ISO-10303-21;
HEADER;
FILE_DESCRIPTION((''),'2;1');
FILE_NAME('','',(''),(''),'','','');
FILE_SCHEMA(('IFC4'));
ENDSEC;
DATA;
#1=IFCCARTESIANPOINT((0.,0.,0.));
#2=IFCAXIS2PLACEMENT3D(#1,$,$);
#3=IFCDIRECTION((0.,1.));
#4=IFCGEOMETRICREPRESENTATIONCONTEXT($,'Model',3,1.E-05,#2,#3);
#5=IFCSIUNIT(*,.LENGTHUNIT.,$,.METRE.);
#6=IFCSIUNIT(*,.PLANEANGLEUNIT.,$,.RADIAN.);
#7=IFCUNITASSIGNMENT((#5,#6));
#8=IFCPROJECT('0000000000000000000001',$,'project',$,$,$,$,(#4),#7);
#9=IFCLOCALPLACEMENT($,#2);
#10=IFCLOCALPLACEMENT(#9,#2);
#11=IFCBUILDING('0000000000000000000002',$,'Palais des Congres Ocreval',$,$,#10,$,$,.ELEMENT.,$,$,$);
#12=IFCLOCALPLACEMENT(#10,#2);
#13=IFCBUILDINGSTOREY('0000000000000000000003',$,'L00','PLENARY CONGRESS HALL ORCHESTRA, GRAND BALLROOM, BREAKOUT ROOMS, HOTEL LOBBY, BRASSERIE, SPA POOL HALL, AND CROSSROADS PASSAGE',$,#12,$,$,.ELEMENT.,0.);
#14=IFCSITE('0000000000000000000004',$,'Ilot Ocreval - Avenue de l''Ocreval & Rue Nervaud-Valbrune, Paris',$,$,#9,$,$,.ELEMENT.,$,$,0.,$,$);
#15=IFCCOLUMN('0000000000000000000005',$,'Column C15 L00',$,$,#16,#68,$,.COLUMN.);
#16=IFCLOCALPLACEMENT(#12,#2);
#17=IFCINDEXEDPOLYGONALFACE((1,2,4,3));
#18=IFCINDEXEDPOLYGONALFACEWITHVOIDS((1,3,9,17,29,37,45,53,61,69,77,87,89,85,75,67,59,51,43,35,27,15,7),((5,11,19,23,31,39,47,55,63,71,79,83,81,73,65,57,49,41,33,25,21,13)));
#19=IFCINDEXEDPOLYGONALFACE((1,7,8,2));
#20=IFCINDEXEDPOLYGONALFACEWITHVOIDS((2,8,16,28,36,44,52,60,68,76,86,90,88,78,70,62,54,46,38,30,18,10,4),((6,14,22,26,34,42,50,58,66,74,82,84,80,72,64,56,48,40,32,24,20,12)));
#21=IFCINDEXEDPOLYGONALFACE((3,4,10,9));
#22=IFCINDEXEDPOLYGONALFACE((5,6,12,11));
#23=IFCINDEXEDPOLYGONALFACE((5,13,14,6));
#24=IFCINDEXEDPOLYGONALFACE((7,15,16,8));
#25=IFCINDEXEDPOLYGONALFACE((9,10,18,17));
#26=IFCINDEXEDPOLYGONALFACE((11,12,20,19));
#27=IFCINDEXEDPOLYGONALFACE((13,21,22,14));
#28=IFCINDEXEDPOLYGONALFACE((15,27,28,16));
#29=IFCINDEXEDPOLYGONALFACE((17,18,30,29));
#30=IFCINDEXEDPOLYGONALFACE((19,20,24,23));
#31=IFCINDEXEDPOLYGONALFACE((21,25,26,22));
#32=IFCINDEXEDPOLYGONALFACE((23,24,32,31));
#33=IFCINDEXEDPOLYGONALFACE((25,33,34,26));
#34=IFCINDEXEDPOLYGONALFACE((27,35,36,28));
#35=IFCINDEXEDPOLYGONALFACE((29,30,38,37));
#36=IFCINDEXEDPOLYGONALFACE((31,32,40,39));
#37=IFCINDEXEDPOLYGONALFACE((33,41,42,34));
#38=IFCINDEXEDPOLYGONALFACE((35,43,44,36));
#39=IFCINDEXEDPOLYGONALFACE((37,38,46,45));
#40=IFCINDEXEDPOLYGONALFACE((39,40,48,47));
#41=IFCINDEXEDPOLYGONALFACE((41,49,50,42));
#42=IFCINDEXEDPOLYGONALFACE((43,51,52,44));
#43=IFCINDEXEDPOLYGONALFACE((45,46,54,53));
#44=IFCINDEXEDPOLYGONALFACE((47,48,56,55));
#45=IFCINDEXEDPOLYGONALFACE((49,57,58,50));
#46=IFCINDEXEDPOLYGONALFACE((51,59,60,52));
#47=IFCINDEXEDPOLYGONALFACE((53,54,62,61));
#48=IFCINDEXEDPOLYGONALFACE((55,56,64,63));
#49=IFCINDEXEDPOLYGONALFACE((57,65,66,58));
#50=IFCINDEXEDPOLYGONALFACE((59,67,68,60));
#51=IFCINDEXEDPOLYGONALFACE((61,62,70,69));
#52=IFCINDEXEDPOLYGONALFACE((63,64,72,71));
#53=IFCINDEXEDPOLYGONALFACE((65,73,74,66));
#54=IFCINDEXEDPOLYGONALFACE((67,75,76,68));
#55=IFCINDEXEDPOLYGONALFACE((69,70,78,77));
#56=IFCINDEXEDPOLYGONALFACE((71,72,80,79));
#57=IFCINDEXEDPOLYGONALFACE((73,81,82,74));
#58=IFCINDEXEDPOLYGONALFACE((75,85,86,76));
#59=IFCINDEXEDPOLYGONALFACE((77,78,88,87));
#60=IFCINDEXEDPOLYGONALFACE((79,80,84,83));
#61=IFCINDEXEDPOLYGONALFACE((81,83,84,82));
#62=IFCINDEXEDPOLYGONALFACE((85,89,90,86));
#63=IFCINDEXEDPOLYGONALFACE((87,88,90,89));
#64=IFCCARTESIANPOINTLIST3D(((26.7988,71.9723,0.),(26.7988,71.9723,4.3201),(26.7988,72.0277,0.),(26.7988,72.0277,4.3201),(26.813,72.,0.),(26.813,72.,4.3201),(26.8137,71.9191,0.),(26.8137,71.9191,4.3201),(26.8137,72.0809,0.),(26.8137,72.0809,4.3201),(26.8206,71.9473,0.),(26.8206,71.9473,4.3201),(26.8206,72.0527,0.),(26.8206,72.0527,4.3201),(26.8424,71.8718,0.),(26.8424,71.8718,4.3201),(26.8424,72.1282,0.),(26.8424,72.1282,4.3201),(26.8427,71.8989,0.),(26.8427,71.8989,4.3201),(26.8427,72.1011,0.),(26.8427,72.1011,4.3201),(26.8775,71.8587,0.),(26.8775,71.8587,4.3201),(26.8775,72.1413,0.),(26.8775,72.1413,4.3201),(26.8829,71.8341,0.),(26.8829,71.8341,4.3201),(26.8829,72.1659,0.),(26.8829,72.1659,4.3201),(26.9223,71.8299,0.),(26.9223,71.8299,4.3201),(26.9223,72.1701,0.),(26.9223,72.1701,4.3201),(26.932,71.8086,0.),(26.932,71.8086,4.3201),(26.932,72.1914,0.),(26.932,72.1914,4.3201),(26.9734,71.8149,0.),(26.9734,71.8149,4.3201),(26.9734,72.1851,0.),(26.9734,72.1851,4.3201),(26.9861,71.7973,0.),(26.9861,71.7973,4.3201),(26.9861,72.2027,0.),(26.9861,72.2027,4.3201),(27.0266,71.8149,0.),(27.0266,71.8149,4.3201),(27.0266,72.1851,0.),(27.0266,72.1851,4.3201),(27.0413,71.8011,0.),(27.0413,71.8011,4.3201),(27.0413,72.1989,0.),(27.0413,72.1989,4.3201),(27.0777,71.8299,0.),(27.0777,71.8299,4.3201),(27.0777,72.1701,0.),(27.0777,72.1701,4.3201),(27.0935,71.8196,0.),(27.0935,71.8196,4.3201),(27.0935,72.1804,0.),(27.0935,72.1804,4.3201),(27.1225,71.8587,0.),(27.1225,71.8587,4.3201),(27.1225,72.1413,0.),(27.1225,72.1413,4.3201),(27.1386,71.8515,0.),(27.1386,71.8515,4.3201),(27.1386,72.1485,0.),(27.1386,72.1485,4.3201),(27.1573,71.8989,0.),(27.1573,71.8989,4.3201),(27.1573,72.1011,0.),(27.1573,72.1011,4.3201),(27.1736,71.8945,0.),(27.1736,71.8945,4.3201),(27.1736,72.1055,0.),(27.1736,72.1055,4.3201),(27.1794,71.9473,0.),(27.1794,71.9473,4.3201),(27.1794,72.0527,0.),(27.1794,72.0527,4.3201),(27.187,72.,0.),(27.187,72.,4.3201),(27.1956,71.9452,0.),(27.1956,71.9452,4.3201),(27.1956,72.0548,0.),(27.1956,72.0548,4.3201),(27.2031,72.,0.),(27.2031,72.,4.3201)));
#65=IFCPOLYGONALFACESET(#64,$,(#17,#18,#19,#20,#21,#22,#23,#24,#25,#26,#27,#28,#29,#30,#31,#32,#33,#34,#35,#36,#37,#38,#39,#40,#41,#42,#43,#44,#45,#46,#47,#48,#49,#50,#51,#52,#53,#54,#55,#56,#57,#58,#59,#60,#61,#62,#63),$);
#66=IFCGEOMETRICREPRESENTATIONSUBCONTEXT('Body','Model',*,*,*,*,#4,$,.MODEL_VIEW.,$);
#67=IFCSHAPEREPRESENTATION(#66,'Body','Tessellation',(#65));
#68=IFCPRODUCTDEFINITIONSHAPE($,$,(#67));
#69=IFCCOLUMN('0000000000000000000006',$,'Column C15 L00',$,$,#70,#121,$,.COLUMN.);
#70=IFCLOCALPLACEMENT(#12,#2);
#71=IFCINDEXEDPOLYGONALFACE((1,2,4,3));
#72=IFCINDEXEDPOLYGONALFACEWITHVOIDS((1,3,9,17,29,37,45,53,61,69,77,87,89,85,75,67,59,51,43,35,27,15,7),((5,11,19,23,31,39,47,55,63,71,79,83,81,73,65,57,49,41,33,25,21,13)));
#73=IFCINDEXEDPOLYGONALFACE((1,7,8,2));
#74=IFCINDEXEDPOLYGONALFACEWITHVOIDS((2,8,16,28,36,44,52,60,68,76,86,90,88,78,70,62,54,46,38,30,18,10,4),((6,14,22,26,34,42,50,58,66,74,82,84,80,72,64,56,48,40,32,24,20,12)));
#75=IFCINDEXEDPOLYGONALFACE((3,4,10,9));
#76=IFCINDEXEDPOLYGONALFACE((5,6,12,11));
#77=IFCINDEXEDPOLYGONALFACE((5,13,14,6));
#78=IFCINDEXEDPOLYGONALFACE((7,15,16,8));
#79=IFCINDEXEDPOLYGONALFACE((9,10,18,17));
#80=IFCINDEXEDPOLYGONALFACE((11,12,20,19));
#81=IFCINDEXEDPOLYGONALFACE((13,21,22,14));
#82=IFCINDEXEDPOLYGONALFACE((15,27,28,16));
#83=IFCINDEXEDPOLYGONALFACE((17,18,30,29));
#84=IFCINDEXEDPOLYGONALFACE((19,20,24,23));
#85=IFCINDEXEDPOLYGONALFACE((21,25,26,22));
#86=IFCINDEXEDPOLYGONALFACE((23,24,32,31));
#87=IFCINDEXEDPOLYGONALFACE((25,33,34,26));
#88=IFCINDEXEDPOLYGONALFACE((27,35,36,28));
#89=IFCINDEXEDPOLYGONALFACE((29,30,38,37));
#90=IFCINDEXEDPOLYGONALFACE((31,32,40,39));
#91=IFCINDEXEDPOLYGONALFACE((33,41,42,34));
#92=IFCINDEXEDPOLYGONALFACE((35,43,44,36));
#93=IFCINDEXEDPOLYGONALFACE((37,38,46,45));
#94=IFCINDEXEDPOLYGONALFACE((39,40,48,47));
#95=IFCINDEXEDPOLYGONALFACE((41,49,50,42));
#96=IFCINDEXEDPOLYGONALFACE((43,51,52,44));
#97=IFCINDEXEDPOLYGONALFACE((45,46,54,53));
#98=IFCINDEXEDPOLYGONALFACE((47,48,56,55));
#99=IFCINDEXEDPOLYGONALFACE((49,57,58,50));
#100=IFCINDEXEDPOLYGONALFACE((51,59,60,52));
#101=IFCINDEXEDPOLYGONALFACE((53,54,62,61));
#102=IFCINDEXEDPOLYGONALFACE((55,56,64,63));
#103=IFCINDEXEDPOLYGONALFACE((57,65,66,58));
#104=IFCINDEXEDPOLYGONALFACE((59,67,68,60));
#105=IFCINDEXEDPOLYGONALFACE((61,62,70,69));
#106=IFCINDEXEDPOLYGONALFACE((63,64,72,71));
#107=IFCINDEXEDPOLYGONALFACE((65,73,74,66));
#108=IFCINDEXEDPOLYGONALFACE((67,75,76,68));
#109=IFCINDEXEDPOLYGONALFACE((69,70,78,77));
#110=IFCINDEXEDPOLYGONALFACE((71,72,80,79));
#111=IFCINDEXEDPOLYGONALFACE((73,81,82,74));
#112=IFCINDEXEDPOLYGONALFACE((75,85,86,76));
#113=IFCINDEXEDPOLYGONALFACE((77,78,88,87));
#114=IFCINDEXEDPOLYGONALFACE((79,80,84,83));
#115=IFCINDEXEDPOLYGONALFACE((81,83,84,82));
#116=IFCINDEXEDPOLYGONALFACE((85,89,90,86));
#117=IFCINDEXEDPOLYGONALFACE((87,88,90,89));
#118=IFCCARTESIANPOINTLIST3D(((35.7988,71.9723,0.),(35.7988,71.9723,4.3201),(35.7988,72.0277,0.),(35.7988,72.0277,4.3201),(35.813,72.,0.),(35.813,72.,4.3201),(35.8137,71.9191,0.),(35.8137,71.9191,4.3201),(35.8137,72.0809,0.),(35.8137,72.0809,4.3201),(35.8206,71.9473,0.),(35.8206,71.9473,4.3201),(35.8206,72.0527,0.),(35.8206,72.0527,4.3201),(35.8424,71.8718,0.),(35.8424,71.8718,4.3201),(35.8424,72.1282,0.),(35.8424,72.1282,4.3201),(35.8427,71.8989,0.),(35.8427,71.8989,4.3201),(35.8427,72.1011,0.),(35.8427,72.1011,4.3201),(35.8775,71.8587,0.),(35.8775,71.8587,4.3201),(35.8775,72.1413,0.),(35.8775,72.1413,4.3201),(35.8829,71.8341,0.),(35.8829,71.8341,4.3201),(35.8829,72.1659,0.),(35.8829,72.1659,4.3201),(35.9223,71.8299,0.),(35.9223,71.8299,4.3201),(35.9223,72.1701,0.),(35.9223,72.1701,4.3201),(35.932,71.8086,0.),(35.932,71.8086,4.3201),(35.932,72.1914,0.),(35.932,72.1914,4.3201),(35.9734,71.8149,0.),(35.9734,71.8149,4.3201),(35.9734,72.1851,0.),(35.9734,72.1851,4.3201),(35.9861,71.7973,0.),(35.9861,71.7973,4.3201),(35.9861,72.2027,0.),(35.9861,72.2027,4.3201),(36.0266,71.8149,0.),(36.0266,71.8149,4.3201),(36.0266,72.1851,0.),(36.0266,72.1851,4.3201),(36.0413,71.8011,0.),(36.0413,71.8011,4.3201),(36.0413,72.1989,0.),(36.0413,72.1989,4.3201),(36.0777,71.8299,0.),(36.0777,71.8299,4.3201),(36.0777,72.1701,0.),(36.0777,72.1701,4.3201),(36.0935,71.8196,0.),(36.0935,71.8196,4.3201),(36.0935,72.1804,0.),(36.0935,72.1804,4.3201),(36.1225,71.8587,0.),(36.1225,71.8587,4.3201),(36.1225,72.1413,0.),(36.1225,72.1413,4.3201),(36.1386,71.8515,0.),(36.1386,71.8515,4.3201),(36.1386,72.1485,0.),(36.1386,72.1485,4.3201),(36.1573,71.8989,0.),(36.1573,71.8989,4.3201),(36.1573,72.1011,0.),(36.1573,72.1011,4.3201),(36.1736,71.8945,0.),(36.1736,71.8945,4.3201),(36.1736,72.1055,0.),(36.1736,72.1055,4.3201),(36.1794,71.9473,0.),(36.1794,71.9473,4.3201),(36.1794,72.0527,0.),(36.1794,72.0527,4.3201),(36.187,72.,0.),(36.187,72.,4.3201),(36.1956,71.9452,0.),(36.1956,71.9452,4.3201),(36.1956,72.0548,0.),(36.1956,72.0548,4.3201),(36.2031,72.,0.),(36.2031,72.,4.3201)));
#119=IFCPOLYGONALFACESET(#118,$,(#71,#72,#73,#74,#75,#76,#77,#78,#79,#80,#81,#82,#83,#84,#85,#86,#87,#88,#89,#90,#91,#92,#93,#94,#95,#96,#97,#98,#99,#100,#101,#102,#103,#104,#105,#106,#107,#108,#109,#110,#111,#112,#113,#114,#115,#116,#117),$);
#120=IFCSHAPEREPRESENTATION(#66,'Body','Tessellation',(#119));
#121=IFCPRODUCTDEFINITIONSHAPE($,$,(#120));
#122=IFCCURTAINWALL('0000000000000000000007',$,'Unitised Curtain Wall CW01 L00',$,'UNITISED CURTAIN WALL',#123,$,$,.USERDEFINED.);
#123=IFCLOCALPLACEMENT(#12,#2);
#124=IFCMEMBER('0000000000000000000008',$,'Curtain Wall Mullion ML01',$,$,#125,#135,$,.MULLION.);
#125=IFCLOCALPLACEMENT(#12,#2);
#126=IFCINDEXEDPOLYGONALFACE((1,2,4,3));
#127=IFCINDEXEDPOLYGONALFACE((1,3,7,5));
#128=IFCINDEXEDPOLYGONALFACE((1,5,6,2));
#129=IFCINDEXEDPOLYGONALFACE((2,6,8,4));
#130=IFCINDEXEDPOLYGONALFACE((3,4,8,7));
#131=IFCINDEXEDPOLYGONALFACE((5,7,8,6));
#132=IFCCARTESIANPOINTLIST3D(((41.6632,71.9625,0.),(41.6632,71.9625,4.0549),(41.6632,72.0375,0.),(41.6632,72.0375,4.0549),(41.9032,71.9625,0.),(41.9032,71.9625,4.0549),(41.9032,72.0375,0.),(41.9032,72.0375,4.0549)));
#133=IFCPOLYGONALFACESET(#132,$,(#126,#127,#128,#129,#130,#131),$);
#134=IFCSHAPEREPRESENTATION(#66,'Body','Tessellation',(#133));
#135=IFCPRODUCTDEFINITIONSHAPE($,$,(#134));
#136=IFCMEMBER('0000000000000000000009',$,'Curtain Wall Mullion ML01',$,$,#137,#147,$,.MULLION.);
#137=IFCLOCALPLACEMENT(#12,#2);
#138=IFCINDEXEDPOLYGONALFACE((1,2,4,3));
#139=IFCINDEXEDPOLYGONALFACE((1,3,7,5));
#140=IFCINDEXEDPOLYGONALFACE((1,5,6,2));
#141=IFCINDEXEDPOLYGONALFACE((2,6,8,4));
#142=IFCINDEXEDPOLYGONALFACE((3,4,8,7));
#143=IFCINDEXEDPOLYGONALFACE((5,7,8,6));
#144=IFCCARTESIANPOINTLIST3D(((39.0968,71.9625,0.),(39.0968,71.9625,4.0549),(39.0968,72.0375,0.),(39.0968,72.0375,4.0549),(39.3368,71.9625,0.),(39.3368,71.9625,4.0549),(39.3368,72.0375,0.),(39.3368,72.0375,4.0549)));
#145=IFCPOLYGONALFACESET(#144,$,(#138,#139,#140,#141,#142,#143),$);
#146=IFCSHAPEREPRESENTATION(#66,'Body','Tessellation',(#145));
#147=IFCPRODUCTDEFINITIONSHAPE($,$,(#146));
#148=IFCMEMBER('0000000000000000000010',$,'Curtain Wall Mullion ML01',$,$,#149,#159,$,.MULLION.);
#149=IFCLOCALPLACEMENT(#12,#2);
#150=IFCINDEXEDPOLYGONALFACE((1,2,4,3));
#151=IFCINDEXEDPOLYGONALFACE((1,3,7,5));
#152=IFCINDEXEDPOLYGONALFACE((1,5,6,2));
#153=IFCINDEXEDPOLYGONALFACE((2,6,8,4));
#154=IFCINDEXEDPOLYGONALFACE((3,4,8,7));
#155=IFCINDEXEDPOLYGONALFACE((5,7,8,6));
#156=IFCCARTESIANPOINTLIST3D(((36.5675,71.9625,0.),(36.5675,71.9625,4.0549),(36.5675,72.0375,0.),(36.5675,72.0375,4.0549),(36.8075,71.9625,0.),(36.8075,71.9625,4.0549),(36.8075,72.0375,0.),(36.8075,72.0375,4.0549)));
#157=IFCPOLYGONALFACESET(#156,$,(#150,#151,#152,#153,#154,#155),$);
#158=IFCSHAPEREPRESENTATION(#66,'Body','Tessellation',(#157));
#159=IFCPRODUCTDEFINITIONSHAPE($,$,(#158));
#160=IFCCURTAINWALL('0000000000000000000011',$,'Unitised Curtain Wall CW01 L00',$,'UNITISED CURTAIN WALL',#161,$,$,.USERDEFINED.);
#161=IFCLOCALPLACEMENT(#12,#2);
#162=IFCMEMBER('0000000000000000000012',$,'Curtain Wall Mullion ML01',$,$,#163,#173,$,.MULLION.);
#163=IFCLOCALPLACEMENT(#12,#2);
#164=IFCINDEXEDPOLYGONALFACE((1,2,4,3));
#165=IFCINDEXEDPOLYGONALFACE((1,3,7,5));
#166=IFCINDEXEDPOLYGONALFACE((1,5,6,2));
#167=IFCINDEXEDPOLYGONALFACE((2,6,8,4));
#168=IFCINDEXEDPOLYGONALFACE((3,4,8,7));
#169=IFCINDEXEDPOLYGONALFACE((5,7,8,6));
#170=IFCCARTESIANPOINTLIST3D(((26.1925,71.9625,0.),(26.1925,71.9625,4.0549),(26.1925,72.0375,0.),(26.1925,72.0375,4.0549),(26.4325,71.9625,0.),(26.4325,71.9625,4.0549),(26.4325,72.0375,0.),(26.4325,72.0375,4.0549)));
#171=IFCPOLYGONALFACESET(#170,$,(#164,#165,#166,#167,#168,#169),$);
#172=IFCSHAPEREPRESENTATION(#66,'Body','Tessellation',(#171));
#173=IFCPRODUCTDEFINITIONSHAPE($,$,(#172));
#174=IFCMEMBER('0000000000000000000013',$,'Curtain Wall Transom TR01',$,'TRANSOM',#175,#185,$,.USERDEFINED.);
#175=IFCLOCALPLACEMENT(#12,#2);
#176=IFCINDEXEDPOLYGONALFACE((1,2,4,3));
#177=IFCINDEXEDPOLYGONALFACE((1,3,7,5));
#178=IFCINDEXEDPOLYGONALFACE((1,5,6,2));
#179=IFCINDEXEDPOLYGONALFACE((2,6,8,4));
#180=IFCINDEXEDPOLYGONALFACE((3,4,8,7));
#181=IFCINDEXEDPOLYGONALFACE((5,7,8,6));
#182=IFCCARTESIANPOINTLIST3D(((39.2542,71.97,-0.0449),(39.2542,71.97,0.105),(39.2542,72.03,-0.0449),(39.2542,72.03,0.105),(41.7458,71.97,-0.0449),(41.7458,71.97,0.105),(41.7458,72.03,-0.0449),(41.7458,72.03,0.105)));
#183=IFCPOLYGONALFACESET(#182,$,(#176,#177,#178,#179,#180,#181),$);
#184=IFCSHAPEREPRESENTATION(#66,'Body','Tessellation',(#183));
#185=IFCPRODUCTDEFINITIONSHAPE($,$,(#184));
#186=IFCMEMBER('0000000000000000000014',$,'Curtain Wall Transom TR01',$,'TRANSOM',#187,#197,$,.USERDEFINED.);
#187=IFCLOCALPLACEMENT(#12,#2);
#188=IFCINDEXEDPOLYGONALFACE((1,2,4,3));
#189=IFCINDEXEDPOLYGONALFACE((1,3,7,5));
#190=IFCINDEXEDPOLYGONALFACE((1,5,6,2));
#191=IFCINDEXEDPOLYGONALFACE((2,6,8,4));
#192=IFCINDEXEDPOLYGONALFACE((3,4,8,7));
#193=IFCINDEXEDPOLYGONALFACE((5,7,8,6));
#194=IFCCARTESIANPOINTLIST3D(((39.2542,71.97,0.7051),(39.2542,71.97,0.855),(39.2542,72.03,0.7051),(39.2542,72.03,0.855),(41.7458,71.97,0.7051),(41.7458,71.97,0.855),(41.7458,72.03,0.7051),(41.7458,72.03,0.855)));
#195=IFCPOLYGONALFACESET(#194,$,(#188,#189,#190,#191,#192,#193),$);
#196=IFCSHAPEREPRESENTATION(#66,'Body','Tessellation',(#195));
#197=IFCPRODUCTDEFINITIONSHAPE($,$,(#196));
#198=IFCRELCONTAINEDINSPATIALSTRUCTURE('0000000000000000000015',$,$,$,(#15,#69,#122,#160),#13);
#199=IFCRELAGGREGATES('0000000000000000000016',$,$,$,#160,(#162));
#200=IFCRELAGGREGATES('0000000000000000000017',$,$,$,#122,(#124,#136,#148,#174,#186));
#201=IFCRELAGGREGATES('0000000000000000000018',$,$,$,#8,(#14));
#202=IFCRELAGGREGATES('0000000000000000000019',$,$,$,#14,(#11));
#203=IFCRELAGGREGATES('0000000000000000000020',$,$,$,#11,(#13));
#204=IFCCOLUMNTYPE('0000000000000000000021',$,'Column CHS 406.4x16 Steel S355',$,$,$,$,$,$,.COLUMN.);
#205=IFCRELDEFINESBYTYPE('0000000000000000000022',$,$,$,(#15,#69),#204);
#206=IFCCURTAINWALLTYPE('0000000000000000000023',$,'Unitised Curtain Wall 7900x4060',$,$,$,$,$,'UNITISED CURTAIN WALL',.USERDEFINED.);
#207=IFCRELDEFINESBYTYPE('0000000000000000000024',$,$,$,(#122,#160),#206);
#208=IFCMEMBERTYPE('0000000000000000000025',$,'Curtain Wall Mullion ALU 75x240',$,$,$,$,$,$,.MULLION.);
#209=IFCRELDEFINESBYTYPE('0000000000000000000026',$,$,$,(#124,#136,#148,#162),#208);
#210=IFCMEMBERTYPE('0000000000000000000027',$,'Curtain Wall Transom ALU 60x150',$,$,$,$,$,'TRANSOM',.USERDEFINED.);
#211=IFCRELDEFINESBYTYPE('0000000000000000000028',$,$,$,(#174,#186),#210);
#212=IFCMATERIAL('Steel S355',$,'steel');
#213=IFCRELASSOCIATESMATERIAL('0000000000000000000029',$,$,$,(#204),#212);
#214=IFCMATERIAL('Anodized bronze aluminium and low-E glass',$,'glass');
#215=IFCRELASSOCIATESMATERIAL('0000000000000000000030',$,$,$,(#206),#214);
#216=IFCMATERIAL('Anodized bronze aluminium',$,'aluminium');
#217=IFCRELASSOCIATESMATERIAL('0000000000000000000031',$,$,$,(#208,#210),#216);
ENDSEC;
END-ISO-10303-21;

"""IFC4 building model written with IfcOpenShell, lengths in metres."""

from ifc_helpers import new_model, si_unit, direction, frame, origin, origin_2d, place, context, subcontext, project, spatial, rectangle, hollow_circle, extrude, material, material_profile, profile_set, type_object, element, aggregate, save


model = new_model("IFC4")

# Units and contexts
model_context = context("Model", 3, precision=1e-05, world=origin(), true_north=direction((0.0, 1.0)))
body_context = subcontext(model_context, "Body", "Model", "MODEL_VIEW")
ifc_project = project(units=[si_unit("LENGTHUNIT", "METRE"), si_unit("PLANEANGLEUNIT", "RADIAN")], contexts=[model_context])

# Site, building, storey
site_placement = place(None, origin())
site = spatial("IfcSite", under=ifc_project, at=site_placement, Name="Ilot Ocreval - Avenue de l'Ocreval & Rue Nervaud-Valbrune, Paris", CompositionType="ELEMENT", RefElevation=0.0)
building_placement = place(site_placement, origin())
building = spatial("IfcBuilding", under=site, at=building_placement, Name="Palais des Congres Ocreval", CompositionType="ELEMENT")
storey_placement = place(building_placement, origin())
storey = spatial("IfcBuildingStorey", under=building, at=storey_placement, Name="L00", Description="PLENARY CONGRESS HALL ORCHESTRA, GRAND BALLROOM, BREAKOUT ROOMS, HOTEL LOBBY, BRASSERIE, SPA POOL HALL, AND CROSSROADS PASSAGE", CompositionType="ELEMENT", Elevation=0.0)

# Columns
ifc_material_1 = material(Name="Steel S355", Category="steel")
ifc_material_profile_1 = material_profile(ifc_material_1, hollow_circle(Radius=0.2031, WallThickness=0.0161, at=origin_2d()), Name="CHS 406.4x16")
ifc_profile_set_1 = profile_set([ifc_material_profile_1], Name="Steel S355")
column_type = type_object("IfcColumnType", Name="Column CHS 406.4x16 Steel S355", PredefinedType="COLUMN", material=ifc_profile_set_1)
for number, where, z_axis, x_axis, name in (
    (1, (27.0, 72.0, 0.0), (0.0, 0.0, 1.0), (1.0, 0.0, 0.0), "Column C15 L00"),
    (2, (36.0, 72.0, 0.0), (0.0, 0.0, 1.0), (1.0, 0.0, 0.0), "Column C15 L00"),
):
    element("IfcColumn", number, at=place(storey_placement, frame(where, z_axis=z_axis, x_axis=x_axis)), inside=storey, type_object=column_type, Name=name, PredefinedType="COLUMN", context=body_context, shape_type="SweptSolid", body=[
        extrude(hollow_circle(Radius=0.2031, WallThickness=0.0161, at=origin_2d()), origin(), (0.0, 0.0, 1.0), 4.3201),
    ])

# Curtain wall, members
ifc_material_2 = material(Name="Anodized bronze aluminium and low-E glass", Category="glass")
curtain_wall_type = type_object("IfcCurtainWallType", Name="Unitised Curtain Wall 7900x4060", ElementType="UNITISED CURTAIN WALL", PredefinedType="USERDEFINED", material=ifc_material_2)
curtain_wall_1_placement = place(storey_placement, origin())
curtain_wall_1 = element("IfcCurtainWall", 3, at=curtain_wall_1_placement, inside=storey, type_object=curtain_wall_type, Name="Unitised Curtain Wall CW01 L00", ObjectType="UNITISED CURTAIN WALL", PredefinedType="USERDEFINED")
ifc_material_3 = material(Name="Anodized bronze aluminium", Category="aluminium")
ifc_material_profile_2 = material_profile(ifc_material_3, rectangle(XDim=0.075, YDim=0.24, at=origin_2d()), Name="ALU 75x240")
ifc_profile_set_2 = profile_set([ifc_material_profile_2], Name="Anodized bronze aluminium")
member_type_1 = type_object("IfcMemberType", Name="Curtain Wall Mullion ALU 75x240", PredefinedType="MULLION", material=ifc_profile_set_2)
member_1_placement = place(storey_placement, frame((41.7832, 72.0, 0.0), z_axis=(0.0, 0.0, 1.0), x_axis=(0.0, -1.0, 0.0)))
member_1 = element("IfcMember", 4, at=member_1_placement, type_object=member_type_1, Name="Curtain Wall Mullion ML01", PredefinedType="MULLION", context=body_context, shape_type="SweptSolid", body=[
    extrude(rectangle(XDim=0.075, YDim=0.24, at=origin_2d()), origin(), (0.0, 0.0, 1.0), 4.0549),
])
member_2_placement = place(storey_placement, frame((39.2168, 72.0, 0.0), z_axis=(0.0, 0.0, 1.0), x_axis=(0.0, -1.0, 0.0)))
member_2 = element("IfcMember", 5, at=member_2_placement, type_object=member_type_1, Name="Curtain Wall Mullion ML01", PredefinedType="MULLION", context=body_context, shape_type="SweptSolid", body=[
    extrude(rectangle(XDim=0.075, YDim=0.24, at=origin_2d()), origin(), (0.0, 0.0, 1.0), 4.0549),
])
member_3_placement = place(storey_placement, frame((36.6875, 72.0, 0.0), z_axis=(0.0, 0.0, 1.0), x_axis=(0.0, -1.0, 0.0)))
member_3 = element("IfcMember", 6, at=member_3_placement, type_object=member_type_1, Name="Curtain Wall Mullion ML01", PredefinedType="MULLION", context=body_context, shape_type="SweptSolid", body=[
    extrude(rectangle(XDim=0.075, YDim=0.24, at=origin_2d()), origin(), (0.0, 0.0, 1.0), 4.0549),
])

# Curtain wall, member
curtain_wall_2_placement = place(storey_placement, origin())
curtain_wall_2 = element("IfcCurtainWall", 7, at=curtain_wall_2_placement, inside=storey, type_object=curtain_wall_type, Name="Unitised Curtain Wall CW01 L00", ObjectType="UNITISED CURTAIN WALL", PredefinedType="USERDEFINED")
member_4_placement = place(storey_placement, frame((26.3125, 72.0, 0.0), z_axis=(0.0, 0.0, 1.0), x_axis=(0.0, -1.0, 0.0)))
member_4 = element("IfcMember", 8, at=member_4_placement, type_object=member_type_1, Name="Curtain Wall Mullion ML01", PredefinedType="MULLION", context=body_context, shape_type="SweptSolid", body=[
    extrude(rectangle(XDim=0.075, YDim=0.24, at=origin_2d()), origin(), (0.0, 0.0, 1.0), 4.0549),
])

# Members
ifc_material_profile_3 = material_profile(ifc_material_3, rectangle(XDim=0.0601, YDim=0.1499, at=origin_2d()), Name="ALU 60x150")
ifc_profile_set_3 = profile_set([ifc_material_profile_3], Name="Anodized bronze aluminium")
member_type_2 = type_object("IfcMemberType", Name="Curtain Wall Transom ALU 60x150", ElementType="TRANSOM", PredefinedType="USERDEFINED", material=ifc_profile_set_3)
member_5_placement = place(storey_placement, frame((41.7458, 72.0, 0.03), z_axis=(-1.0, 0.0, 0.0), x_axis=(0.0, -1.0, 0.0)))
member_5 = element("IfcMember", 9, at=member_5_placement, type_object=member_type_2, Name="Curtain Wall Transom TR01", ObjectType="TRANSOM", PredefinedType="USERDEFINED", context=body_context, shape_type="SweptSolid", body=[
    extrude(rectangle(XDim=0.0601, YDim=0.1499, at=origin_2d()), origin(), (0.0, 0.0, 1.0), 2.4917),
])
member_6_placement = place(storey_placement, frame((41.7458, 72.0, 0.78), z_axis=(-1.0, 0.0, 0.0), x_axis=(0.0, -1.0, 0.0)))
member_6 = element("IfcMember", 10, at=member_6_placement, type_object=member_type_2, Name="Curtain Wall Transom TR01", ObjectType="TRANSOM", PredefinedType="USERDEFINED", context=body_context, shape_type="SweptSolid", body=[
    extrude(rectangle(XDim=0.0601, YDim=0.1499, at=origin_2d()), origin(), (0.0, 0.0, 1.0), 2.4917),
])

aggregate(curtain_wall_2, [member_4])
aggregate(curtain_wall_1, [member_1, member_2, member_3, member_5, member_6])

save(model, "model.ifc")
